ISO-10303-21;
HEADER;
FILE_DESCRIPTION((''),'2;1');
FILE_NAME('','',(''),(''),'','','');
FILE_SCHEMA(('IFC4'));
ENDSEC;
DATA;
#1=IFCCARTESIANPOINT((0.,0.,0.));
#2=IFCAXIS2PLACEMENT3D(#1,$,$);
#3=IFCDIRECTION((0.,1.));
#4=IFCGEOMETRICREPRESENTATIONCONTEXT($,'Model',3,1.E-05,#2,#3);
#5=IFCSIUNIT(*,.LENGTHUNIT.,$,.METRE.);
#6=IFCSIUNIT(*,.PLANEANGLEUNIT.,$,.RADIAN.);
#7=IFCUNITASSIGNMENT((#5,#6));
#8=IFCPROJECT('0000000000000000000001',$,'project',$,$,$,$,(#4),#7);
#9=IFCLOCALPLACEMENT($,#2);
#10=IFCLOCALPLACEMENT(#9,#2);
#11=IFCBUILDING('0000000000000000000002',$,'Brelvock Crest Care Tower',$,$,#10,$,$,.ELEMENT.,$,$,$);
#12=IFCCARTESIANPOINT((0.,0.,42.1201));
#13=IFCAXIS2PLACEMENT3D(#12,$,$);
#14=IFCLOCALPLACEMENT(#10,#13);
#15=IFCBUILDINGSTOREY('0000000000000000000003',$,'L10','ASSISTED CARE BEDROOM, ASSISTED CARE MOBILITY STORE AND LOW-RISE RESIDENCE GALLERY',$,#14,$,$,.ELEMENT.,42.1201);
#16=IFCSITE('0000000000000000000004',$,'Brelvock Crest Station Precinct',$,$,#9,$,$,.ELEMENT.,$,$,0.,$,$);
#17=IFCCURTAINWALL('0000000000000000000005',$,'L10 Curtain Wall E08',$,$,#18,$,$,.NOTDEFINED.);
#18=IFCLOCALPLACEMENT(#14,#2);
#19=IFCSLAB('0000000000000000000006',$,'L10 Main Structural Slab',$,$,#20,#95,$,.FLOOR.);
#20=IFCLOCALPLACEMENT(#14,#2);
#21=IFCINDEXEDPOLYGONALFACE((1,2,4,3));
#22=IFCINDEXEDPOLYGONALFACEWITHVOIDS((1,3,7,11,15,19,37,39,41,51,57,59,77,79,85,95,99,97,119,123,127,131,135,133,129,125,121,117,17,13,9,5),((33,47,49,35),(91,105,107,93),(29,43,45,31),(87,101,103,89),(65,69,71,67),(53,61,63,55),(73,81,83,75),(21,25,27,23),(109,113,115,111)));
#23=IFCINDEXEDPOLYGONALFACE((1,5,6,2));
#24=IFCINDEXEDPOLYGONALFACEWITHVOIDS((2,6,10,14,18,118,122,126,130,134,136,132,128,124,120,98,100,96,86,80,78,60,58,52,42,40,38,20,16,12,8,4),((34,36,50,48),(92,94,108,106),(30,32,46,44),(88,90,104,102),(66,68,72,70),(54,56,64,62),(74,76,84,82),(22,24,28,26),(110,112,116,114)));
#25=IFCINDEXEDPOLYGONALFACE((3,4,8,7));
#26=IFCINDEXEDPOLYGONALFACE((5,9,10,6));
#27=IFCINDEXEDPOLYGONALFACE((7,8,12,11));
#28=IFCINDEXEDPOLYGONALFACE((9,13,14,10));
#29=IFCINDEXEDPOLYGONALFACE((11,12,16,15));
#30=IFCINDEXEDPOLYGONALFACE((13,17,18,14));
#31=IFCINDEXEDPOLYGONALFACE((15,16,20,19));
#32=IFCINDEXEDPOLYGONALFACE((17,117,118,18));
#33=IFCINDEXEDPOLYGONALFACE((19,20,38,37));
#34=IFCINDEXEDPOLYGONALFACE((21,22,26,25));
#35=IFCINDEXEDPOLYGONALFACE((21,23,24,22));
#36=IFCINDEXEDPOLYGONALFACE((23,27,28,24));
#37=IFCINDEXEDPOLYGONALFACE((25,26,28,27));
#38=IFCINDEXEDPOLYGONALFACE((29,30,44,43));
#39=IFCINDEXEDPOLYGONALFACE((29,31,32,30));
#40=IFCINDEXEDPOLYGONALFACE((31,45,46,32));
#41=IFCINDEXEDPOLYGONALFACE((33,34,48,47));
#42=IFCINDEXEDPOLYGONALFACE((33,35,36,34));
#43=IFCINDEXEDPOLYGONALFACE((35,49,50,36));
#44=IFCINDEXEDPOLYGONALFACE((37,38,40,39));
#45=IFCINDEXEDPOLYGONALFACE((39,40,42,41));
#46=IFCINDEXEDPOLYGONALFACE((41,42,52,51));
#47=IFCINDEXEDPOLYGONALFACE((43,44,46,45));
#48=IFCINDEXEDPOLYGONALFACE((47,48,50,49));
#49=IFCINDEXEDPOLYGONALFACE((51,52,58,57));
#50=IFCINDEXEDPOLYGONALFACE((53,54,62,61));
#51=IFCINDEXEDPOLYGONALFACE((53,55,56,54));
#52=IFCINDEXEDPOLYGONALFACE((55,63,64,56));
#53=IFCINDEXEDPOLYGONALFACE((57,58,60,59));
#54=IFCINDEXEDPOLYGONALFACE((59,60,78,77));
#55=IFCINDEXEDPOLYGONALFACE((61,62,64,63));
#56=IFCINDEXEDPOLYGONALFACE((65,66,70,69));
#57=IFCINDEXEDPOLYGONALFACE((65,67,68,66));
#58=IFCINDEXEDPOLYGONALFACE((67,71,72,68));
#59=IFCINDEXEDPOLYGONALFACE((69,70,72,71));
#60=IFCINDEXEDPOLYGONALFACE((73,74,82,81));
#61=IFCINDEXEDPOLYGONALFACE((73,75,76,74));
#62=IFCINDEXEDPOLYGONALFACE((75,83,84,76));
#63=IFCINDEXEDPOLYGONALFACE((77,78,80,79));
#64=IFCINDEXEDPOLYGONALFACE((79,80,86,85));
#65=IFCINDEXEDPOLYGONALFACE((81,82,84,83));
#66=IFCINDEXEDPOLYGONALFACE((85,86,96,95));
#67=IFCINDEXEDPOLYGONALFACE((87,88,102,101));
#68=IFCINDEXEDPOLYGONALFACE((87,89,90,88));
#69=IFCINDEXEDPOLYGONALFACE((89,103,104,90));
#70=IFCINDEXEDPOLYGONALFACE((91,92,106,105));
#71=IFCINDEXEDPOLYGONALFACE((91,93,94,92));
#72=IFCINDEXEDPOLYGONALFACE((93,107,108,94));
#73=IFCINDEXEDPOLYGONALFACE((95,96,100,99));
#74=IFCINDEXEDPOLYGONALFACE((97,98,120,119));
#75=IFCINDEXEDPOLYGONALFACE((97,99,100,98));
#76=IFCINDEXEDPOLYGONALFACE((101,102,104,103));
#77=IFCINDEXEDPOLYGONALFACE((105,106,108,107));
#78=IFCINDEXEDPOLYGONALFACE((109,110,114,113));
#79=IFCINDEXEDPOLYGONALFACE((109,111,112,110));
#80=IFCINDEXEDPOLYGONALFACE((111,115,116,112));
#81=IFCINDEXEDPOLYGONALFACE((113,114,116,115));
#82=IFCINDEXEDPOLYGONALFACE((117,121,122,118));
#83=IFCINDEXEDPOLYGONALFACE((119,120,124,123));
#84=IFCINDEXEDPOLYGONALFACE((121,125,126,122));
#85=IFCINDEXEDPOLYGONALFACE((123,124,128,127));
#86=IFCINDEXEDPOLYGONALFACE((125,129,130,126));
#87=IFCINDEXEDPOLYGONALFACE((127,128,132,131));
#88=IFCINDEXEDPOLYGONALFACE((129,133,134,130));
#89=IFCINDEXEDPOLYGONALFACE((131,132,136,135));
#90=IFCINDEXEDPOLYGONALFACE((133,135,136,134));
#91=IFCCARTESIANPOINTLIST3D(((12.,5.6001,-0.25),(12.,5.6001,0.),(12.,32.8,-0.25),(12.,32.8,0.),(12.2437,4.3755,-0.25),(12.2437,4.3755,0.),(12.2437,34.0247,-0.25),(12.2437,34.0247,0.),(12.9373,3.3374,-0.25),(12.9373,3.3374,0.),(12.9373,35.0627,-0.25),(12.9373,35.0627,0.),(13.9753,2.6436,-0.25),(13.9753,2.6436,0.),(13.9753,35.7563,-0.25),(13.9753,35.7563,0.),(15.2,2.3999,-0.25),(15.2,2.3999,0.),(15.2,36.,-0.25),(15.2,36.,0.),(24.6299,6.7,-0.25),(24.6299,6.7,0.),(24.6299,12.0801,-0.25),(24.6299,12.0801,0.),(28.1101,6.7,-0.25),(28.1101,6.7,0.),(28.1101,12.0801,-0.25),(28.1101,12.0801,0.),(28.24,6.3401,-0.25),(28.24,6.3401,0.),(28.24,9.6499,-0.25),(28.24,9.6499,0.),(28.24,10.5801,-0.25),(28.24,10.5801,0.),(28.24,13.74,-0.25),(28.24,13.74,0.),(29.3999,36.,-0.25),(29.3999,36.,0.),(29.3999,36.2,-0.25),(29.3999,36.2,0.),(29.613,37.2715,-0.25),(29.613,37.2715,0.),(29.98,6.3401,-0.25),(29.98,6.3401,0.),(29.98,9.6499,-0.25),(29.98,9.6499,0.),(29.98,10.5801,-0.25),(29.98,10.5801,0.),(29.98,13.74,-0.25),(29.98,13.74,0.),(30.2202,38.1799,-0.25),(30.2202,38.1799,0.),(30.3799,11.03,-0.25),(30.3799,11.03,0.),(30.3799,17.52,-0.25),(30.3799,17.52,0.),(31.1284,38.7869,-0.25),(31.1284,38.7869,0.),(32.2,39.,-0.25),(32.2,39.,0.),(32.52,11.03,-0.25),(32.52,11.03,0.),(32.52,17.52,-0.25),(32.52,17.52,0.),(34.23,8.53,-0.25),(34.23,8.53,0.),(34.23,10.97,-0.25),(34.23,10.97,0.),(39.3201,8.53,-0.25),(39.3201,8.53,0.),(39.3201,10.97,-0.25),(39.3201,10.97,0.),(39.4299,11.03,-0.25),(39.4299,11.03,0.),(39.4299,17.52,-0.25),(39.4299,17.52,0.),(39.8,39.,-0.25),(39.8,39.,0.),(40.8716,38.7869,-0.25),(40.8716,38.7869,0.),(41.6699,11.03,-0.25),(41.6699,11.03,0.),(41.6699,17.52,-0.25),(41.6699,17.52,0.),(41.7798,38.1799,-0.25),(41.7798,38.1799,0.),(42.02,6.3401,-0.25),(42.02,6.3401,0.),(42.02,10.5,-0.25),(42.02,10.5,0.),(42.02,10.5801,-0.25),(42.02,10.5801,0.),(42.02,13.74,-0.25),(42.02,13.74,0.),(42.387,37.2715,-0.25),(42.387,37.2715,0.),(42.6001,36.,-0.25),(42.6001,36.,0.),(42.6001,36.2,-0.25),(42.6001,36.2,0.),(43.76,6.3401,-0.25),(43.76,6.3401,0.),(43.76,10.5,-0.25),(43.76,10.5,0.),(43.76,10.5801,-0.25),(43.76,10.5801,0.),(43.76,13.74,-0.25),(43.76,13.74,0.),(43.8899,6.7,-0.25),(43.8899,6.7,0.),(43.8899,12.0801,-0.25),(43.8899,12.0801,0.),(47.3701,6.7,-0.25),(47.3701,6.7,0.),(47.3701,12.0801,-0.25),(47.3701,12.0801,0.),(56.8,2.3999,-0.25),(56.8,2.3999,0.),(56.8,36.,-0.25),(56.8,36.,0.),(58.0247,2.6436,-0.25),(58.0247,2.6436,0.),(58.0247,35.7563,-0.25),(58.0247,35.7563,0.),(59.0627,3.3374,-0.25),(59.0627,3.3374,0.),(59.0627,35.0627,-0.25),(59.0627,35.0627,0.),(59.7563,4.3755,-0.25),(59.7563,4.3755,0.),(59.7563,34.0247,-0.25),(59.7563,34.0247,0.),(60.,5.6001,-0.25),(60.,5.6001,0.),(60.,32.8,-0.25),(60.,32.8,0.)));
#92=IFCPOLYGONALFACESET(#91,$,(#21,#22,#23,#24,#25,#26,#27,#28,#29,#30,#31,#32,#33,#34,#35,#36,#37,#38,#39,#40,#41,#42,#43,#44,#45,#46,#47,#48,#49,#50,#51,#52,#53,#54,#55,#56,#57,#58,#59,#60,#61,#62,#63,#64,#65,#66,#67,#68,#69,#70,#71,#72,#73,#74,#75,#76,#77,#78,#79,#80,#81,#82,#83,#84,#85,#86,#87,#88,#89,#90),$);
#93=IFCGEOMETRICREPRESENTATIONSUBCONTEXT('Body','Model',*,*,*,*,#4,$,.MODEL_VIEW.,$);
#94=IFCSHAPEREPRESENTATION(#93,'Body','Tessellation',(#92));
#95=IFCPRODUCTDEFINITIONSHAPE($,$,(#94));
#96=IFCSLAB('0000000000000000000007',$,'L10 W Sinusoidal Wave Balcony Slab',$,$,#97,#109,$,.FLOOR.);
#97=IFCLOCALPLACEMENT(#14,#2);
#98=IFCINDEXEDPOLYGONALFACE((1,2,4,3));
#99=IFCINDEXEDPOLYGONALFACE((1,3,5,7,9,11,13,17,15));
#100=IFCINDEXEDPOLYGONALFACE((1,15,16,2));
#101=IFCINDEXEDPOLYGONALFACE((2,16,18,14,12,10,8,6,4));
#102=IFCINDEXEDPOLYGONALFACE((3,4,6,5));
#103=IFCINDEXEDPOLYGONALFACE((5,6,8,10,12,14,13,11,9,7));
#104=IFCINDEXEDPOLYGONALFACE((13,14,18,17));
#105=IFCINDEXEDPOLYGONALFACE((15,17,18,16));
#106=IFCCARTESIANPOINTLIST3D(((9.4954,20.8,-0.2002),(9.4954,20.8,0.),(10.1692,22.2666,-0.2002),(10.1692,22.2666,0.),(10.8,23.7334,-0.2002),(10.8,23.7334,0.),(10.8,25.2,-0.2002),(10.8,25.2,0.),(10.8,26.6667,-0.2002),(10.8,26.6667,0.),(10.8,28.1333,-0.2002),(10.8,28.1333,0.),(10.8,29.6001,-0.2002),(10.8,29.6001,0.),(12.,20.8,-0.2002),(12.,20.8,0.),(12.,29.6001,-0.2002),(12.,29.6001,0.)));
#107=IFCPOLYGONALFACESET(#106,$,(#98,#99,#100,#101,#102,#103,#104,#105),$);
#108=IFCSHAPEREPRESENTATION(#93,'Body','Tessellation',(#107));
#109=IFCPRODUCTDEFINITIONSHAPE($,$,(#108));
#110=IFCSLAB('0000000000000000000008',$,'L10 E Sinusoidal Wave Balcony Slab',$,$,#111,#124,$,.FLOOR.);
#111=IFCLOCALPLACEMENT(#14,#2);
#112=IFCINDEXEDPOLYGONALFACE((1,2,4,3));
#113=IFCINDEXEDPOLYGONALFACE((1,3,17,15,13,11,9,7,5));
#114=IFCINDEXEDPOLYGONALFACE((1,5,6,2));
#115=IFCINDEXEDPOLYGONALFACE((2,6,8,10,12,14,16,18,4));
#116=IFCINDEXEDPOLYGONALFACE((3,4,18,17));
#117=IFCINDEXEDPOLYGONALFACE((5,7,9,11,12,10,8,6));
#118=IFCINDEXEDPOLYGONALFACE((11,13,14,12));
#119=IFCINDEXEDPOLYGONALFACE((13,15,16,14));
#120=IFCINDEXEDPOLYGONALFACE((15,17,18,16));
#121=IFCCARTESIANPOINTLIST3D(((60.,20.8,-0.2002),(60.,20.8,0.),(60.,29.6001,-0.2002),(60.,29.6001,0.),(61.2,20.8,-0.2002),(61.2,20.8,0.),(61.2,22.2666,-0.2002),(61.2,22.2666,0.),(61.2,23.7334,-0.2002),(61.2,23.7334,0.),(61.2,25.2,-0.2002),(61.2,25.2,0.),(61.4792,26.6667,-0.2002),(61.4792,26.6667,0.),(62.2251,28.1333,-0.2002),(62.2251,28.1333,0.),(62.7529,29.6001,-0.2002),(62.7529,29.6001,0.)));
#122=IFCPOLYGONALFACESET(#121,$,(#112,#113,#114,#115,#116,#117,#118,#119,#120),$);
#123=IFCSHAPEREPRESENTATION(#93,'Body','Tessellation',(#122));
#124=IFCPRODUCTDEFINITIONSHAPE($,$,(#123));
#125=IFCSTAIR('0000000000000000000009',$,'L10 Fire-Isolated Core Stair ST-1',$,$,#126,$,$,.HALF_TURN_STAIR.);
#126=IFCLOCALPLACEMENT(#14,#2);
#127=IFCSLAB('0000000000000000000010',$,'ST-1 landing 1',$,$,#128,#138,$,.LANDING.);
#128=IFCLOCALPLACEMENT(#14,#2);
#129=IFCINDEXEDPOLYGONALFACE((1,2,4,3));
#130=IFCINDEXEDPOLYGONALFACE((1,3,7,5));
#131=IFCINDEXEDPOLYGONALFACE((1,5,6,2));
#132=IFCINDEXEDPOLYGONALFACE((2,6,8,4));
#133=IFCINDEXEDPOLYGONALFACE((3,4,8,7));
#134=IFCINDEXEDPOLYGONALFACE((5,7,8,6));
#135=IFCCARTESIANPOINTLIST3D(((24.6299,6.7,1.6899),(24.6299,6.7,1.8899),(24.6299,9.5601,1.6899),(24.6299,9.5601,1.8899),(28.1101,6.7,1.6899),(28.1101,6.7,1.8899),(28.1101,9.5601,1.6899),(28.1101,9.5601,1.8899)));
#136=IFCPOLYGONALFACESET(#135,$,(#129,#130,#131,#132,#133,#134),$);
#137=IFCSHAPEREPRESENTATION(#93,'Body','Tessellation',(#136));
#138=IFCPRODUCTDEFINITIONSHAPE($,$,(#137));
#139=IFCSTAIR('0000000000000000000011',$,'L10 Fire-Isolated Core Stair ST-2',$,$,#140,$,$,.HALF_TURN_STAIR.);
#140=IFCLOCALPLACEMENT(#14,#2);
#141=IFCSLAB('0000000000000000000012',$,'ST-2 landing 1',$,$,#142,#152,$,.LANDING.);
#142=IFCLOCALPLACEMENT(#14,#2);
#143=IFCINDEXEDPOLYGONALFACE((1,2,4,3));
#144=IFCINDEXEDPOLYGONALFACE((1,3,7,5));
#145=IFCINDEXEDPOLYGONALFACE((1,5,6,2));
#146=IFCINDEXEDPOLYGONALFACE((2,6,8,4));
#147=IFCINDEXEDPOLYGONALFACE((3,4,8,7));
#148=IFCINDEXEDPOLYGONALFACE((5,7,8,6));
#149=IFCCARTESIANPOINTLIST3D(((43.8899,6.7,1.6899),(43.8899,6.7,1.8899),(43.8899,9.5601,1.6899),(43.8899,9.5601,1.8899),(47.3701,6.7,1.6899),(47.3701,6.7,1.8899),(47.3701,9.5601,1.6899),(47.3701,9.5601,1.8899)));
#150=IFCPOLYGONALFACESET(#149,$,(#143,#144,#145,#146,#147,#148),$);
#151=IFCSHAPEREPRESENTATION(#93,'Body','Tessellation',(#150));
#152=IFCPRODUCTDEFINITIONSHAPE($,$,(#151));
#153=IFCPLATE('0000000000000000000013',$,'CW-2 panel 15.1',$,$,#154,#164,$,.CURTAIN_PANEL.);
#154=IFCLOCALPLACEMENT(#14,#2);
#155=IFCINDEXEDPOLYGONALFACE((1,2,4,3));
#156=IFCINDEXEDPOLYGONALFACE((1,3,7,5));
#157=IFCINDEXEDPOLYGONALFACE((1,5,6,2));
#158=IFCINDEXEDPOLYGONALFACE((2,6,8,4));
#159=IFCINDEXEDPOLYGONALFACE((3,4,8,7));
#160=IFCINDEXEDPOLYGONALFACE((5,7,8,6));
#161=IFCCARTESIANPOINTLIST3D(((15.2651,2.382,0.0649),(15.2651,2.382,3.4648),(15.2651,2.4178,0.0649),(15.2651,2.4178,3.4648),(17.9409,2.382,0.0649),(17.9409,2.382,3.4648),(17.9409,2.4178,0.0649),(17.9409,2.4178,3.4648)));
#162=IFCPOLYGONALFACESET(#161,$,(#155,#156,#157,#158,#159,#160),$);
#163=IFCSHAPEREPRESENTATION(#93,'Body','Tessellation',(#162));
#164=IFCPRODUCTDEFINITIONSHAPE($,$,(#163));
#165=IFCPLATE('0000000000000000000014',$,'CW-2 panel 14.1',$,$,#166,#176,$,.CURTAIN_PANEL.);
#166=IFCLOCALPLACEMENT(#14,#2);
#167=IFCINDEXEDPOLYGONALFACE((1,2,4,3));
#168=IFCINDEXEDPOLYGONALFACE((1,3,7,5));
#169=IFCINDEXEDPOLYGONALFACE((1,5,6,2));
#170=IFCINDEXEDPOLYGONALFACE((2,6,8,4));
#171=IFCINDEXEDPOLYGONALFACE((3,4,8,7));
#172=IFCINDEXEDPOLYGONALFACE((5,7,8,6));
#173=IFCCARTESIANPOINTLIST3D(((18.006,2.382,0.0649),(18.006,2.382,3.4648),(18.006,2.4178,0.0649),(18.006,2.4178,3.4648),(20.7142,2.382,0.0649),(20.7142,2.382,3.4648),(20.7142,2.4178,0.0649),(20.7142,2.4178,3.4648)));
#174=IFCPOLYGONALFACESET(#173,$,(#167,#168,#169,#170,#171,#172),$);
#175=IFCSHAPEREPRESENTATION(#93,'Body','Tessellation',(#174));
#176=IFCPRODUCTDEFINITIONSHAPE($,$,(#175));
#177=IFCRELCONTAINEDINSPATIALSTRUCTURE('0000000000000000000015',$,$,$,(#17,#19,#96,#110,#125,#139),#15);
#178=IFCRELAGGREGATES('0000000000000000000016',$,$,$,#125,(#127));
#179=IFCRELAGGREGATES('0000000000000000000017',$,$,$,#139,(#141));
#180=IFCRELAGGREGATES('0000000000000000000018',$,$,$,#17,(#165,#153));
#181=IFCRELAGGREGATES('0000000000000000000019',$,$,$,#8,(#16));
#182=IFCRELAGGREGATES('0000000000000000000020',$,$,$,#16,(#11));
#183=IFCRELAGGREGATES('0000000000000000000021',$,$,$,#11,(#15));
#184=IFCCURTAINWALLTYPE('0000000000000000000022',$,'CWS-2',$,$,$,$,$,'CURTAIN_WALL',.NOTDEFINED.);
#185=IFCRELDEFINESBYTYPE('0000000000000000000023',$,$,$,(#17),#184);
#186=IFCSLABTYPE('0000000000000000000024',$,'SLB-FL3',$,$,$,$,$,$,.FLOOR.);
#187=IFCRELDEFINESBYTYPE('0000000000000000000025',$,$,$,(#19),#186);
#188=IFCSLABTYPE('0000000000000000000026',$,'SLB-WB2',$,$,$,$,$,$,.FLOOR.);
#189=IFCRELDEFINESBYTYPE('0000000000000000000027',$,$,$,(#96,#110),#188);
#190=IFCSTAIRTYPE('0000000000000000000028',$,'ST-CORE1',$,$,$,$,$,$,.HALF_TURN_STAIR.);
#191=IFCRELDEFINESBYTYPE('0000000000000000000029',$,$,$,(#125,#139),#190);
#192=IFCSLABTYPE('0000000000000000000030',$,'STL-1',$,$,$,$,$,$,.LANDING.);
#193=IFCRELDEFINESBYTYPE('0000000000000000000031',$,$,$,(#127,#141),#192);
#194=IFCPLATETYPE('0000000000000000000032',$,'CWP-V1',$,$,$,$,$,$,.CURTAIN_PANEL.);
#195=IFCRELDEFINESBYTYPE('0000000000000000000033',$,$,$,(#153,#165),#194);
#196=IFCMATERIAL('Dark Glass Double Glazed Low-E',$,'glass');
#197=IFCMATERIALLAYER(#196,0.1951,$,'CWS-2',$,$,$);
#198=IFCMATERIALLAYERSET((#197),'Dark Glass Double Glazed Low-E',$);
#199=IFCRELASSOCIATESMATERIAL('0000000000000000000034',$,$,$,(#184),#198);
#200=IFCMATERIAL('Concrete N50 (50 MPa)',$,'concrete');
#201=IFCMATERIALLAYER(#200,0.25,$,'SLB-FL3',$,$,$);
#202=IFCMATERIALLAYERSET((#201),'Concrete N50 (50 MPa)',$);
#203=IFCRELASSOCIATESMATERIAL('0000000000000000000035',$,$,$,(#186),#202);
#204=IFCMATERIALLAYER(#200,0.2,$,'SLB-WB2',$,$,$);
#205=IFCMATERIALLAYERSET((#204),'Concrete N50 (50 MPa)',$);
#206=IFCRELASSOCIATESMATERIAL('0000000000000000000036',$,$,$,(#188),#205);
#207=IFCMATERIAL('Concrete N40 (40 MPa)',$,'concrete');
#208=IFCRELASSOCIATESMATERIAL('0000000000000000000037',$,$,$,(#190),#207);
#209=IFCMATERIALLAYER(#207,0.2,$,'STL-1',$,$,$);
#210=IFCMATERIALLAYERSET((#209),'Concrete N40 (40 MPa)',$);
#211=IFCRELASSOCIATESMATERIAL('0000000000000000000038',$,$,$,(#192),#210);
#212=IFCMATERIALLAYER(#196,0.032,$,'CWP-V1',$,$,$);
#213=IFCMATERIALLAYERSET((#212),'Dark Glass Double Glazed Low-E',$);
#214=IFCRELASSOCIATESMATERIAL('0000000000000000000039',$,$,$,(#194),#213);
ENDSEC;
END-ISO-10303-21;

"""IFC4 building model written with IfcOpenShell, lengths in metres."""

from ifc_helpers import new_model, si_unit, direction, frame, origin, origin_2d, place, context, subcontext, project, spatial, polyline, rectangle, outline, extrude, source, transform, mapped, material, layer, layer_set, type_object, element, aggregate, save


model = new_model("IFC4")

# Units and contexts
model_context = context("Model", 3, precision=1e-05, world=origin(), true_north=direction((0.0, 1.0)))
body_context = subcontext(model_context, "Body", "Model", "MODEL_VIEW")
ifc_project = project(units=[si_unit("LENGTHUNIT", "METRE"), si_unit("PLANEANGLEUNIT", "RADIAN")], contexts=[model_context])

# Site, building, storey
site_placement = place(None, origin())
site = spatial("IfcSite", under=ifc_project, at=site_placement, Name="Brelvock Crest Station Precinct", CompositionType="ELEMENT", RefElevation=0.0)
building_placement = place(site_placement, origin())
building = spatial("IfcBuilding", under=site, at=building_placement, Name="Brelvock Crest Care Tower", CompositionType="ELEMENT")
storey_placement = place(building_placement, frame((0.0, 0.0, 42.1201)))
storey = spatial("IfcBuildingStorey", under=building, at=storey_placement, Name="L10", Description="ASSISTED CARE BEDROOM, ASSISTED CARE MOBILITY STORE AND LOW-RISE RESIDENCE GALLERY", CompositionType="ELEMENT", Elevation=42.1201)

# Curtain wall
ifc_material_1 = material(Name="Dark Glass Double Glazed Low-E", Category="glass")
ifc_layer_1 = layer(ifc_material_1, 0.1951, Name="CWS-2")
ifc_layer_set_1 = layer_set([ifc_layer_1], Name="Dark Glass Double Glazed Low-E")
curtain_wall_type = type_object("IfcCurtainWallType", Name="CWS-2", ElementType="CURTAIN_WALL", PredefinedType="NOTDEFINED", material=ifc_layer_set_1)
curtain_wall_1_placement = place(storey_placement, origin())
curtain_wall_1 = element("IfcCurtainWall", 1, at=curtain_wall_1_placement, inside=storey, type_object=curtain_wall_type, Name="L10 Curtain Wall E08", PredefinedType="NOTDEFINED")

# Slabs
ifc_material_2 = material(Name="Concrete N50 (50 MPa)", Category="concrete")
ifc_layer_2 = layer(ifc_material_2, 0.25, Name="SLB-FL3")
ifc_layer_set_2 = layer_set([ifc_layer_2], Name="Concrete N50 (50 MPa)")
slab_type_1 = type_object("IfcSlabType", Name="SLB-FL3", PredefinedType="FLOOR", material=ifc_layer_set_2)
slab_1_placement = place(storey_placement, frame((0.0, 0.0, -0.25)))
element("IfcSlab", 2, at=slab_1_placement, inside=storey, type_object=slab_type_1, Name="L10 Main Structural Slab", PredefinedType="FLOOR", context=body_context, shape_type="SweptSolid", body=[
    extrude(outline(polyline([(56.8, 36.0), (42.6001, 36.0), (42.6001, 36.2), (42.387, 37.2715), (41.7798, 38.1799), (40.8716, 38.7869), (39.8, 39.0), (32.2, 39.0), (31.1284, 38.7869), (30.2202, 38.1799), (29.613, 37.2715), (29.3999, 36.2), (29.3999, 36.0), (15.2, 36.0), (13.9753, 35.7563), (12.9373, 35.0627), (12.2437, 34.0247), (12.0, 32.8), (12.0, 5.6001), (12.2437, 4.3755), (12.9373, 3.3374), (13.9753, 2.6436), (15.2, 2.3999), (56.8, 2.3999), (58.0247, 2.6436), (59.0627, 3.3374), (59.7563, 4.3755), (60.0, 5.6001), (60.0, 32.8), (59.7563, 34.0247), (59.0627, 35.0627), (58.0247, 35.7563), (56.8, 36.0)]), holes=[polyline([(28.24, 10.5801), (29.98, 10.5801), (29.98, 13.74), (28.24, 13.74), (28.24, 10.5801)]), polyline([(42.02, 10.5801), (43.76, 10.5801), (43.76, 13.74), (42.02, 13.74), (42.02, 10.5801)]), polyline([(28.24, 6.3401), (29.98, 6.3401), (29.98, 9.6499), (28.24, 9.6499), (28.24, 6.3401)]), polyline([(24.6299, 12.0801), (24.6299, 6.7), (28.1101, 6.7), (28.1101, 12.0801), (24.6299, 12.0801)]), polyline([(43.8899, 12.0801), (43.8899, 6.7), (47.3701, 6.7), (47.3701, 12.0801), (43.8899, 12.0801)]), polyline([(42.02, 6.3401), (43.76, 6.3401), (43.76, 10.5), (42.02, 10.5), (42.02, 6.3401)]), polyline([(30.3799, 11.03), (32.52, 11.03), (32.52, 17.52), (30.3799, 17.52), (30.3799, 11.03)]), polyline([(34.23, 8.53), (39.3201, 8.53), (39.3201, 10.97), (34.23, 10.97), (34.23, 8.53)]), polyline([(39.4299, 11.03), (41.6699, 11.03), (41.6699, 17.52), (39.4299, 17.52), (39.4299, 11.03)])]), origin(), (0.0, 0.0, 1.0), 0.25),
])
ifc_layer_3 = layer(ifc_material_2, 0.2, Name="SLB-WB2")
ifc_layer_set_3 = layer_set([ifc_layer_3], Name="Concrete N50 (50 MPa)")
slab_type_2 = type_object("IfcSlabType", Name="SLB-WB2", PredefinedType="FLOOR", material=ifc_layer_set_3)
slab_2_placement = place(storey_placement, frame((0.0, 0.0, -0.2002)))
element("IfcSlab", 3, at=slab_2_placement, inside=storey, type_object=slab_type_2, Name="L10 W Sinusoidal Wave Balcony Slab", PredefinedType="FLOOR", context=body_context, shape_type="SweptSolid", body=[
    extrude(outline(polyline([(12.0, 29.6001), (10.8, 29.6001), (10.8, 28.1333), (10.8, 26.6667), (10.8, 25.2), (10.8, 23.7334), (10.1692, 22.2666), (9.4954, 20.8), (12.0, 20.8), (12.0, 29.6001)])), origin(), (0.0, 0.0, 1.0), 0.2002),
])
slab_3_placement = place(storey_placement, frame((0.0, 0.0, -0.2002)))
element("IfcSlab", 4, at=slab_3_placement, inside=storey, type_object=slab_type_2, Name="L10 E Sinusoidal Wave Balcony Slab", PredefinedType="FLOOR", context=body_context, shape_type="SweptSolid", body=[
    extrude(outline(polyline([(60.0, 20.8), (61.2, 20.8), (61.2, 22.2666), (61.2, 23.7334), (61.2, 25.2), (61.4792, 26.6667), (62.2251, 28.1333), (62.7529, 29.6001), (60.0, 29.6001), (60.0, 20.8)])), origin(), (0.0, 0.0, 1.0), 0.2002),
])

# Stairs, slabs
ifc_material_3 = material(Name="Concrete N40 (40 MPa)", Category="concrete")
stair_type = type_object("IfcStairType", Name="ST-CORE1", PredefinedType="HALF_TURN_STAIR", material=ifc_material_3)
stair_1_placement = place(storey_placement, origin())
stair_1 = element("IfcStair", 5, at=stair_1_placement, inside=storey, type_object=stair_type, Name="L10 Fire-Isolated Core Stair ST-1", PredefinedType="HALF_TURN_STAIR")
ifc_layer_4 = layer(ifc_material_3, 0.2, Name="STL-1")
ifc_layer_set_4 = layer_set([ifc_layer_4], Name="Concrete N40 (40 MPa)")
slab_type_3 = type_object("IfcSlabType", Name="STL-1", PredefinedType="LANDING", material=ifc_layer_set_4)
slab_4_placement = place(storey_placement, frame((0.0, 0.0, 1.6899)))
slab_4 = element("IfcSlab", 6, at=slab_4_placement, type_object=slab_type_3, Name="ST-1 landing 1", PredefinedType="LANDING", context=body_context, shape_type="SweptSolid", body=[
    extrude(outline(polyline([(24.6299, 9.5601), (24.6299, 6.7), (28.1101, 6.7), (28.1101, 9.5601), (24.6299, 9.5601)])), origin(), (0.0, 0.0, 1.0), 0.2),
])
aggregate(stair_1, [slab_4])
stair_2_placement = place(storey_placement, origin())
stair_2 = element("IfcStair", 7, at=stair_2_placement, inside=storey, type_object=stair_type, Name="L10 Fire-Isolated Core Stair ST-2", PredefinedType="HALF_TURN_STAIR")
slab_5_placement = place(storey_placement, frame((0.0, 0.0, 1.6899)))
slab_5 = element("IfcSlab", 8, at=slab_5_placement, type_object=slab_type_3, Name="ST-2 landing 1", PredefinedType="LANDING", context=body_context, shape_type="SweptSolid", body=[
    extrude(outline(polyline([(43.8899, 9.5601), (43.8899, 6.7), (47.3701, 6.7), (47.3701, 9.5601), (43.8899, 9.5601)])), origin(), (0.0, 0.0, 1.0), 0.2),
])
aggregate(stair_2, [slab_5])

# Plates
ifc_layer_5 = layer(ifc_material_1, 0.032, Name="CWP-V1")
ifc_layer_set_5 = layer_set([ifc_layer_5], Name="Dark Glass Double Glazed Low-E")
plate_type = type_object("IfcPlateType", Name="CWP-V1", PredefinedType="CURTAIN_PANEL", material=ifc_layer_set_5)
shared_shape_1 = source(origin(), body_context, "Body", "SweptSolid", [
    extrude(rectangle(XDim=2.6758, YDim=0.0359, at=origin_2d()), origin(), (0.0, 0.0, 1.0), 3.3999),
])
plate_1_placement = place(storey_placement, frame((16.603, 2.3999, 0.0649), z_axis=(0.0, 0.0, 1.0), x_axis=(-1.0, 0.0, 0.0)))
plate_1 = element("IfcPlate", 9, at=plate_1_placement, type_object=plate_type, Name="CW-2 panel 15.1", PredefinedType="CURTAIN_PANEL", context=body_context, shape_type="MappedRepresentation", body=[
    mapped(shared_shape_1, transform((0.0, 0.0, 0.0), x_axis=(1.0, 0.0, 0.0), y_axis=(0.0, 1.0, 0.0), z_axis=(0.0, 0.0, 1.0), scale=1.0)),
])
shared_shape_2 = source(origin(), body_context, "Body", "SweptSolid", [
    extrude(rectangle(XDim=2.7083, YDim=0.0359, at=origin_2d()), origin(), (0.0, 0.0, 1.0), 3.3999),
])
plate_2_placement = place(storey_placement, frame((19.3601, 2.3999, 0.0649), z_axis=(0.0, 0.0, 1.0), x_axis=(-1.0, 0.0, 0.0)))
plate_2 = element("IfcPlate", 10, at=plate_2_placement, type_object=plate_type, Name="CW-2 panel 14.1", PredefinedType="CURTAIN_PANEL", context=body_context, shape_type="MappedRepresentation", body=[
    mapped(shared_shape_2, transform((0.0, 0.0, 0.0), x_axis=(1.0, 0.0, 0.0), y_axis=(0.0, 1.0, 0.0), z_axis=(0.0, 0.0, 1.0), scale=1.0)),
])
aggregate(curtain_wall_1, [plate_2, plate_1])

save(model, "model.ifc")
